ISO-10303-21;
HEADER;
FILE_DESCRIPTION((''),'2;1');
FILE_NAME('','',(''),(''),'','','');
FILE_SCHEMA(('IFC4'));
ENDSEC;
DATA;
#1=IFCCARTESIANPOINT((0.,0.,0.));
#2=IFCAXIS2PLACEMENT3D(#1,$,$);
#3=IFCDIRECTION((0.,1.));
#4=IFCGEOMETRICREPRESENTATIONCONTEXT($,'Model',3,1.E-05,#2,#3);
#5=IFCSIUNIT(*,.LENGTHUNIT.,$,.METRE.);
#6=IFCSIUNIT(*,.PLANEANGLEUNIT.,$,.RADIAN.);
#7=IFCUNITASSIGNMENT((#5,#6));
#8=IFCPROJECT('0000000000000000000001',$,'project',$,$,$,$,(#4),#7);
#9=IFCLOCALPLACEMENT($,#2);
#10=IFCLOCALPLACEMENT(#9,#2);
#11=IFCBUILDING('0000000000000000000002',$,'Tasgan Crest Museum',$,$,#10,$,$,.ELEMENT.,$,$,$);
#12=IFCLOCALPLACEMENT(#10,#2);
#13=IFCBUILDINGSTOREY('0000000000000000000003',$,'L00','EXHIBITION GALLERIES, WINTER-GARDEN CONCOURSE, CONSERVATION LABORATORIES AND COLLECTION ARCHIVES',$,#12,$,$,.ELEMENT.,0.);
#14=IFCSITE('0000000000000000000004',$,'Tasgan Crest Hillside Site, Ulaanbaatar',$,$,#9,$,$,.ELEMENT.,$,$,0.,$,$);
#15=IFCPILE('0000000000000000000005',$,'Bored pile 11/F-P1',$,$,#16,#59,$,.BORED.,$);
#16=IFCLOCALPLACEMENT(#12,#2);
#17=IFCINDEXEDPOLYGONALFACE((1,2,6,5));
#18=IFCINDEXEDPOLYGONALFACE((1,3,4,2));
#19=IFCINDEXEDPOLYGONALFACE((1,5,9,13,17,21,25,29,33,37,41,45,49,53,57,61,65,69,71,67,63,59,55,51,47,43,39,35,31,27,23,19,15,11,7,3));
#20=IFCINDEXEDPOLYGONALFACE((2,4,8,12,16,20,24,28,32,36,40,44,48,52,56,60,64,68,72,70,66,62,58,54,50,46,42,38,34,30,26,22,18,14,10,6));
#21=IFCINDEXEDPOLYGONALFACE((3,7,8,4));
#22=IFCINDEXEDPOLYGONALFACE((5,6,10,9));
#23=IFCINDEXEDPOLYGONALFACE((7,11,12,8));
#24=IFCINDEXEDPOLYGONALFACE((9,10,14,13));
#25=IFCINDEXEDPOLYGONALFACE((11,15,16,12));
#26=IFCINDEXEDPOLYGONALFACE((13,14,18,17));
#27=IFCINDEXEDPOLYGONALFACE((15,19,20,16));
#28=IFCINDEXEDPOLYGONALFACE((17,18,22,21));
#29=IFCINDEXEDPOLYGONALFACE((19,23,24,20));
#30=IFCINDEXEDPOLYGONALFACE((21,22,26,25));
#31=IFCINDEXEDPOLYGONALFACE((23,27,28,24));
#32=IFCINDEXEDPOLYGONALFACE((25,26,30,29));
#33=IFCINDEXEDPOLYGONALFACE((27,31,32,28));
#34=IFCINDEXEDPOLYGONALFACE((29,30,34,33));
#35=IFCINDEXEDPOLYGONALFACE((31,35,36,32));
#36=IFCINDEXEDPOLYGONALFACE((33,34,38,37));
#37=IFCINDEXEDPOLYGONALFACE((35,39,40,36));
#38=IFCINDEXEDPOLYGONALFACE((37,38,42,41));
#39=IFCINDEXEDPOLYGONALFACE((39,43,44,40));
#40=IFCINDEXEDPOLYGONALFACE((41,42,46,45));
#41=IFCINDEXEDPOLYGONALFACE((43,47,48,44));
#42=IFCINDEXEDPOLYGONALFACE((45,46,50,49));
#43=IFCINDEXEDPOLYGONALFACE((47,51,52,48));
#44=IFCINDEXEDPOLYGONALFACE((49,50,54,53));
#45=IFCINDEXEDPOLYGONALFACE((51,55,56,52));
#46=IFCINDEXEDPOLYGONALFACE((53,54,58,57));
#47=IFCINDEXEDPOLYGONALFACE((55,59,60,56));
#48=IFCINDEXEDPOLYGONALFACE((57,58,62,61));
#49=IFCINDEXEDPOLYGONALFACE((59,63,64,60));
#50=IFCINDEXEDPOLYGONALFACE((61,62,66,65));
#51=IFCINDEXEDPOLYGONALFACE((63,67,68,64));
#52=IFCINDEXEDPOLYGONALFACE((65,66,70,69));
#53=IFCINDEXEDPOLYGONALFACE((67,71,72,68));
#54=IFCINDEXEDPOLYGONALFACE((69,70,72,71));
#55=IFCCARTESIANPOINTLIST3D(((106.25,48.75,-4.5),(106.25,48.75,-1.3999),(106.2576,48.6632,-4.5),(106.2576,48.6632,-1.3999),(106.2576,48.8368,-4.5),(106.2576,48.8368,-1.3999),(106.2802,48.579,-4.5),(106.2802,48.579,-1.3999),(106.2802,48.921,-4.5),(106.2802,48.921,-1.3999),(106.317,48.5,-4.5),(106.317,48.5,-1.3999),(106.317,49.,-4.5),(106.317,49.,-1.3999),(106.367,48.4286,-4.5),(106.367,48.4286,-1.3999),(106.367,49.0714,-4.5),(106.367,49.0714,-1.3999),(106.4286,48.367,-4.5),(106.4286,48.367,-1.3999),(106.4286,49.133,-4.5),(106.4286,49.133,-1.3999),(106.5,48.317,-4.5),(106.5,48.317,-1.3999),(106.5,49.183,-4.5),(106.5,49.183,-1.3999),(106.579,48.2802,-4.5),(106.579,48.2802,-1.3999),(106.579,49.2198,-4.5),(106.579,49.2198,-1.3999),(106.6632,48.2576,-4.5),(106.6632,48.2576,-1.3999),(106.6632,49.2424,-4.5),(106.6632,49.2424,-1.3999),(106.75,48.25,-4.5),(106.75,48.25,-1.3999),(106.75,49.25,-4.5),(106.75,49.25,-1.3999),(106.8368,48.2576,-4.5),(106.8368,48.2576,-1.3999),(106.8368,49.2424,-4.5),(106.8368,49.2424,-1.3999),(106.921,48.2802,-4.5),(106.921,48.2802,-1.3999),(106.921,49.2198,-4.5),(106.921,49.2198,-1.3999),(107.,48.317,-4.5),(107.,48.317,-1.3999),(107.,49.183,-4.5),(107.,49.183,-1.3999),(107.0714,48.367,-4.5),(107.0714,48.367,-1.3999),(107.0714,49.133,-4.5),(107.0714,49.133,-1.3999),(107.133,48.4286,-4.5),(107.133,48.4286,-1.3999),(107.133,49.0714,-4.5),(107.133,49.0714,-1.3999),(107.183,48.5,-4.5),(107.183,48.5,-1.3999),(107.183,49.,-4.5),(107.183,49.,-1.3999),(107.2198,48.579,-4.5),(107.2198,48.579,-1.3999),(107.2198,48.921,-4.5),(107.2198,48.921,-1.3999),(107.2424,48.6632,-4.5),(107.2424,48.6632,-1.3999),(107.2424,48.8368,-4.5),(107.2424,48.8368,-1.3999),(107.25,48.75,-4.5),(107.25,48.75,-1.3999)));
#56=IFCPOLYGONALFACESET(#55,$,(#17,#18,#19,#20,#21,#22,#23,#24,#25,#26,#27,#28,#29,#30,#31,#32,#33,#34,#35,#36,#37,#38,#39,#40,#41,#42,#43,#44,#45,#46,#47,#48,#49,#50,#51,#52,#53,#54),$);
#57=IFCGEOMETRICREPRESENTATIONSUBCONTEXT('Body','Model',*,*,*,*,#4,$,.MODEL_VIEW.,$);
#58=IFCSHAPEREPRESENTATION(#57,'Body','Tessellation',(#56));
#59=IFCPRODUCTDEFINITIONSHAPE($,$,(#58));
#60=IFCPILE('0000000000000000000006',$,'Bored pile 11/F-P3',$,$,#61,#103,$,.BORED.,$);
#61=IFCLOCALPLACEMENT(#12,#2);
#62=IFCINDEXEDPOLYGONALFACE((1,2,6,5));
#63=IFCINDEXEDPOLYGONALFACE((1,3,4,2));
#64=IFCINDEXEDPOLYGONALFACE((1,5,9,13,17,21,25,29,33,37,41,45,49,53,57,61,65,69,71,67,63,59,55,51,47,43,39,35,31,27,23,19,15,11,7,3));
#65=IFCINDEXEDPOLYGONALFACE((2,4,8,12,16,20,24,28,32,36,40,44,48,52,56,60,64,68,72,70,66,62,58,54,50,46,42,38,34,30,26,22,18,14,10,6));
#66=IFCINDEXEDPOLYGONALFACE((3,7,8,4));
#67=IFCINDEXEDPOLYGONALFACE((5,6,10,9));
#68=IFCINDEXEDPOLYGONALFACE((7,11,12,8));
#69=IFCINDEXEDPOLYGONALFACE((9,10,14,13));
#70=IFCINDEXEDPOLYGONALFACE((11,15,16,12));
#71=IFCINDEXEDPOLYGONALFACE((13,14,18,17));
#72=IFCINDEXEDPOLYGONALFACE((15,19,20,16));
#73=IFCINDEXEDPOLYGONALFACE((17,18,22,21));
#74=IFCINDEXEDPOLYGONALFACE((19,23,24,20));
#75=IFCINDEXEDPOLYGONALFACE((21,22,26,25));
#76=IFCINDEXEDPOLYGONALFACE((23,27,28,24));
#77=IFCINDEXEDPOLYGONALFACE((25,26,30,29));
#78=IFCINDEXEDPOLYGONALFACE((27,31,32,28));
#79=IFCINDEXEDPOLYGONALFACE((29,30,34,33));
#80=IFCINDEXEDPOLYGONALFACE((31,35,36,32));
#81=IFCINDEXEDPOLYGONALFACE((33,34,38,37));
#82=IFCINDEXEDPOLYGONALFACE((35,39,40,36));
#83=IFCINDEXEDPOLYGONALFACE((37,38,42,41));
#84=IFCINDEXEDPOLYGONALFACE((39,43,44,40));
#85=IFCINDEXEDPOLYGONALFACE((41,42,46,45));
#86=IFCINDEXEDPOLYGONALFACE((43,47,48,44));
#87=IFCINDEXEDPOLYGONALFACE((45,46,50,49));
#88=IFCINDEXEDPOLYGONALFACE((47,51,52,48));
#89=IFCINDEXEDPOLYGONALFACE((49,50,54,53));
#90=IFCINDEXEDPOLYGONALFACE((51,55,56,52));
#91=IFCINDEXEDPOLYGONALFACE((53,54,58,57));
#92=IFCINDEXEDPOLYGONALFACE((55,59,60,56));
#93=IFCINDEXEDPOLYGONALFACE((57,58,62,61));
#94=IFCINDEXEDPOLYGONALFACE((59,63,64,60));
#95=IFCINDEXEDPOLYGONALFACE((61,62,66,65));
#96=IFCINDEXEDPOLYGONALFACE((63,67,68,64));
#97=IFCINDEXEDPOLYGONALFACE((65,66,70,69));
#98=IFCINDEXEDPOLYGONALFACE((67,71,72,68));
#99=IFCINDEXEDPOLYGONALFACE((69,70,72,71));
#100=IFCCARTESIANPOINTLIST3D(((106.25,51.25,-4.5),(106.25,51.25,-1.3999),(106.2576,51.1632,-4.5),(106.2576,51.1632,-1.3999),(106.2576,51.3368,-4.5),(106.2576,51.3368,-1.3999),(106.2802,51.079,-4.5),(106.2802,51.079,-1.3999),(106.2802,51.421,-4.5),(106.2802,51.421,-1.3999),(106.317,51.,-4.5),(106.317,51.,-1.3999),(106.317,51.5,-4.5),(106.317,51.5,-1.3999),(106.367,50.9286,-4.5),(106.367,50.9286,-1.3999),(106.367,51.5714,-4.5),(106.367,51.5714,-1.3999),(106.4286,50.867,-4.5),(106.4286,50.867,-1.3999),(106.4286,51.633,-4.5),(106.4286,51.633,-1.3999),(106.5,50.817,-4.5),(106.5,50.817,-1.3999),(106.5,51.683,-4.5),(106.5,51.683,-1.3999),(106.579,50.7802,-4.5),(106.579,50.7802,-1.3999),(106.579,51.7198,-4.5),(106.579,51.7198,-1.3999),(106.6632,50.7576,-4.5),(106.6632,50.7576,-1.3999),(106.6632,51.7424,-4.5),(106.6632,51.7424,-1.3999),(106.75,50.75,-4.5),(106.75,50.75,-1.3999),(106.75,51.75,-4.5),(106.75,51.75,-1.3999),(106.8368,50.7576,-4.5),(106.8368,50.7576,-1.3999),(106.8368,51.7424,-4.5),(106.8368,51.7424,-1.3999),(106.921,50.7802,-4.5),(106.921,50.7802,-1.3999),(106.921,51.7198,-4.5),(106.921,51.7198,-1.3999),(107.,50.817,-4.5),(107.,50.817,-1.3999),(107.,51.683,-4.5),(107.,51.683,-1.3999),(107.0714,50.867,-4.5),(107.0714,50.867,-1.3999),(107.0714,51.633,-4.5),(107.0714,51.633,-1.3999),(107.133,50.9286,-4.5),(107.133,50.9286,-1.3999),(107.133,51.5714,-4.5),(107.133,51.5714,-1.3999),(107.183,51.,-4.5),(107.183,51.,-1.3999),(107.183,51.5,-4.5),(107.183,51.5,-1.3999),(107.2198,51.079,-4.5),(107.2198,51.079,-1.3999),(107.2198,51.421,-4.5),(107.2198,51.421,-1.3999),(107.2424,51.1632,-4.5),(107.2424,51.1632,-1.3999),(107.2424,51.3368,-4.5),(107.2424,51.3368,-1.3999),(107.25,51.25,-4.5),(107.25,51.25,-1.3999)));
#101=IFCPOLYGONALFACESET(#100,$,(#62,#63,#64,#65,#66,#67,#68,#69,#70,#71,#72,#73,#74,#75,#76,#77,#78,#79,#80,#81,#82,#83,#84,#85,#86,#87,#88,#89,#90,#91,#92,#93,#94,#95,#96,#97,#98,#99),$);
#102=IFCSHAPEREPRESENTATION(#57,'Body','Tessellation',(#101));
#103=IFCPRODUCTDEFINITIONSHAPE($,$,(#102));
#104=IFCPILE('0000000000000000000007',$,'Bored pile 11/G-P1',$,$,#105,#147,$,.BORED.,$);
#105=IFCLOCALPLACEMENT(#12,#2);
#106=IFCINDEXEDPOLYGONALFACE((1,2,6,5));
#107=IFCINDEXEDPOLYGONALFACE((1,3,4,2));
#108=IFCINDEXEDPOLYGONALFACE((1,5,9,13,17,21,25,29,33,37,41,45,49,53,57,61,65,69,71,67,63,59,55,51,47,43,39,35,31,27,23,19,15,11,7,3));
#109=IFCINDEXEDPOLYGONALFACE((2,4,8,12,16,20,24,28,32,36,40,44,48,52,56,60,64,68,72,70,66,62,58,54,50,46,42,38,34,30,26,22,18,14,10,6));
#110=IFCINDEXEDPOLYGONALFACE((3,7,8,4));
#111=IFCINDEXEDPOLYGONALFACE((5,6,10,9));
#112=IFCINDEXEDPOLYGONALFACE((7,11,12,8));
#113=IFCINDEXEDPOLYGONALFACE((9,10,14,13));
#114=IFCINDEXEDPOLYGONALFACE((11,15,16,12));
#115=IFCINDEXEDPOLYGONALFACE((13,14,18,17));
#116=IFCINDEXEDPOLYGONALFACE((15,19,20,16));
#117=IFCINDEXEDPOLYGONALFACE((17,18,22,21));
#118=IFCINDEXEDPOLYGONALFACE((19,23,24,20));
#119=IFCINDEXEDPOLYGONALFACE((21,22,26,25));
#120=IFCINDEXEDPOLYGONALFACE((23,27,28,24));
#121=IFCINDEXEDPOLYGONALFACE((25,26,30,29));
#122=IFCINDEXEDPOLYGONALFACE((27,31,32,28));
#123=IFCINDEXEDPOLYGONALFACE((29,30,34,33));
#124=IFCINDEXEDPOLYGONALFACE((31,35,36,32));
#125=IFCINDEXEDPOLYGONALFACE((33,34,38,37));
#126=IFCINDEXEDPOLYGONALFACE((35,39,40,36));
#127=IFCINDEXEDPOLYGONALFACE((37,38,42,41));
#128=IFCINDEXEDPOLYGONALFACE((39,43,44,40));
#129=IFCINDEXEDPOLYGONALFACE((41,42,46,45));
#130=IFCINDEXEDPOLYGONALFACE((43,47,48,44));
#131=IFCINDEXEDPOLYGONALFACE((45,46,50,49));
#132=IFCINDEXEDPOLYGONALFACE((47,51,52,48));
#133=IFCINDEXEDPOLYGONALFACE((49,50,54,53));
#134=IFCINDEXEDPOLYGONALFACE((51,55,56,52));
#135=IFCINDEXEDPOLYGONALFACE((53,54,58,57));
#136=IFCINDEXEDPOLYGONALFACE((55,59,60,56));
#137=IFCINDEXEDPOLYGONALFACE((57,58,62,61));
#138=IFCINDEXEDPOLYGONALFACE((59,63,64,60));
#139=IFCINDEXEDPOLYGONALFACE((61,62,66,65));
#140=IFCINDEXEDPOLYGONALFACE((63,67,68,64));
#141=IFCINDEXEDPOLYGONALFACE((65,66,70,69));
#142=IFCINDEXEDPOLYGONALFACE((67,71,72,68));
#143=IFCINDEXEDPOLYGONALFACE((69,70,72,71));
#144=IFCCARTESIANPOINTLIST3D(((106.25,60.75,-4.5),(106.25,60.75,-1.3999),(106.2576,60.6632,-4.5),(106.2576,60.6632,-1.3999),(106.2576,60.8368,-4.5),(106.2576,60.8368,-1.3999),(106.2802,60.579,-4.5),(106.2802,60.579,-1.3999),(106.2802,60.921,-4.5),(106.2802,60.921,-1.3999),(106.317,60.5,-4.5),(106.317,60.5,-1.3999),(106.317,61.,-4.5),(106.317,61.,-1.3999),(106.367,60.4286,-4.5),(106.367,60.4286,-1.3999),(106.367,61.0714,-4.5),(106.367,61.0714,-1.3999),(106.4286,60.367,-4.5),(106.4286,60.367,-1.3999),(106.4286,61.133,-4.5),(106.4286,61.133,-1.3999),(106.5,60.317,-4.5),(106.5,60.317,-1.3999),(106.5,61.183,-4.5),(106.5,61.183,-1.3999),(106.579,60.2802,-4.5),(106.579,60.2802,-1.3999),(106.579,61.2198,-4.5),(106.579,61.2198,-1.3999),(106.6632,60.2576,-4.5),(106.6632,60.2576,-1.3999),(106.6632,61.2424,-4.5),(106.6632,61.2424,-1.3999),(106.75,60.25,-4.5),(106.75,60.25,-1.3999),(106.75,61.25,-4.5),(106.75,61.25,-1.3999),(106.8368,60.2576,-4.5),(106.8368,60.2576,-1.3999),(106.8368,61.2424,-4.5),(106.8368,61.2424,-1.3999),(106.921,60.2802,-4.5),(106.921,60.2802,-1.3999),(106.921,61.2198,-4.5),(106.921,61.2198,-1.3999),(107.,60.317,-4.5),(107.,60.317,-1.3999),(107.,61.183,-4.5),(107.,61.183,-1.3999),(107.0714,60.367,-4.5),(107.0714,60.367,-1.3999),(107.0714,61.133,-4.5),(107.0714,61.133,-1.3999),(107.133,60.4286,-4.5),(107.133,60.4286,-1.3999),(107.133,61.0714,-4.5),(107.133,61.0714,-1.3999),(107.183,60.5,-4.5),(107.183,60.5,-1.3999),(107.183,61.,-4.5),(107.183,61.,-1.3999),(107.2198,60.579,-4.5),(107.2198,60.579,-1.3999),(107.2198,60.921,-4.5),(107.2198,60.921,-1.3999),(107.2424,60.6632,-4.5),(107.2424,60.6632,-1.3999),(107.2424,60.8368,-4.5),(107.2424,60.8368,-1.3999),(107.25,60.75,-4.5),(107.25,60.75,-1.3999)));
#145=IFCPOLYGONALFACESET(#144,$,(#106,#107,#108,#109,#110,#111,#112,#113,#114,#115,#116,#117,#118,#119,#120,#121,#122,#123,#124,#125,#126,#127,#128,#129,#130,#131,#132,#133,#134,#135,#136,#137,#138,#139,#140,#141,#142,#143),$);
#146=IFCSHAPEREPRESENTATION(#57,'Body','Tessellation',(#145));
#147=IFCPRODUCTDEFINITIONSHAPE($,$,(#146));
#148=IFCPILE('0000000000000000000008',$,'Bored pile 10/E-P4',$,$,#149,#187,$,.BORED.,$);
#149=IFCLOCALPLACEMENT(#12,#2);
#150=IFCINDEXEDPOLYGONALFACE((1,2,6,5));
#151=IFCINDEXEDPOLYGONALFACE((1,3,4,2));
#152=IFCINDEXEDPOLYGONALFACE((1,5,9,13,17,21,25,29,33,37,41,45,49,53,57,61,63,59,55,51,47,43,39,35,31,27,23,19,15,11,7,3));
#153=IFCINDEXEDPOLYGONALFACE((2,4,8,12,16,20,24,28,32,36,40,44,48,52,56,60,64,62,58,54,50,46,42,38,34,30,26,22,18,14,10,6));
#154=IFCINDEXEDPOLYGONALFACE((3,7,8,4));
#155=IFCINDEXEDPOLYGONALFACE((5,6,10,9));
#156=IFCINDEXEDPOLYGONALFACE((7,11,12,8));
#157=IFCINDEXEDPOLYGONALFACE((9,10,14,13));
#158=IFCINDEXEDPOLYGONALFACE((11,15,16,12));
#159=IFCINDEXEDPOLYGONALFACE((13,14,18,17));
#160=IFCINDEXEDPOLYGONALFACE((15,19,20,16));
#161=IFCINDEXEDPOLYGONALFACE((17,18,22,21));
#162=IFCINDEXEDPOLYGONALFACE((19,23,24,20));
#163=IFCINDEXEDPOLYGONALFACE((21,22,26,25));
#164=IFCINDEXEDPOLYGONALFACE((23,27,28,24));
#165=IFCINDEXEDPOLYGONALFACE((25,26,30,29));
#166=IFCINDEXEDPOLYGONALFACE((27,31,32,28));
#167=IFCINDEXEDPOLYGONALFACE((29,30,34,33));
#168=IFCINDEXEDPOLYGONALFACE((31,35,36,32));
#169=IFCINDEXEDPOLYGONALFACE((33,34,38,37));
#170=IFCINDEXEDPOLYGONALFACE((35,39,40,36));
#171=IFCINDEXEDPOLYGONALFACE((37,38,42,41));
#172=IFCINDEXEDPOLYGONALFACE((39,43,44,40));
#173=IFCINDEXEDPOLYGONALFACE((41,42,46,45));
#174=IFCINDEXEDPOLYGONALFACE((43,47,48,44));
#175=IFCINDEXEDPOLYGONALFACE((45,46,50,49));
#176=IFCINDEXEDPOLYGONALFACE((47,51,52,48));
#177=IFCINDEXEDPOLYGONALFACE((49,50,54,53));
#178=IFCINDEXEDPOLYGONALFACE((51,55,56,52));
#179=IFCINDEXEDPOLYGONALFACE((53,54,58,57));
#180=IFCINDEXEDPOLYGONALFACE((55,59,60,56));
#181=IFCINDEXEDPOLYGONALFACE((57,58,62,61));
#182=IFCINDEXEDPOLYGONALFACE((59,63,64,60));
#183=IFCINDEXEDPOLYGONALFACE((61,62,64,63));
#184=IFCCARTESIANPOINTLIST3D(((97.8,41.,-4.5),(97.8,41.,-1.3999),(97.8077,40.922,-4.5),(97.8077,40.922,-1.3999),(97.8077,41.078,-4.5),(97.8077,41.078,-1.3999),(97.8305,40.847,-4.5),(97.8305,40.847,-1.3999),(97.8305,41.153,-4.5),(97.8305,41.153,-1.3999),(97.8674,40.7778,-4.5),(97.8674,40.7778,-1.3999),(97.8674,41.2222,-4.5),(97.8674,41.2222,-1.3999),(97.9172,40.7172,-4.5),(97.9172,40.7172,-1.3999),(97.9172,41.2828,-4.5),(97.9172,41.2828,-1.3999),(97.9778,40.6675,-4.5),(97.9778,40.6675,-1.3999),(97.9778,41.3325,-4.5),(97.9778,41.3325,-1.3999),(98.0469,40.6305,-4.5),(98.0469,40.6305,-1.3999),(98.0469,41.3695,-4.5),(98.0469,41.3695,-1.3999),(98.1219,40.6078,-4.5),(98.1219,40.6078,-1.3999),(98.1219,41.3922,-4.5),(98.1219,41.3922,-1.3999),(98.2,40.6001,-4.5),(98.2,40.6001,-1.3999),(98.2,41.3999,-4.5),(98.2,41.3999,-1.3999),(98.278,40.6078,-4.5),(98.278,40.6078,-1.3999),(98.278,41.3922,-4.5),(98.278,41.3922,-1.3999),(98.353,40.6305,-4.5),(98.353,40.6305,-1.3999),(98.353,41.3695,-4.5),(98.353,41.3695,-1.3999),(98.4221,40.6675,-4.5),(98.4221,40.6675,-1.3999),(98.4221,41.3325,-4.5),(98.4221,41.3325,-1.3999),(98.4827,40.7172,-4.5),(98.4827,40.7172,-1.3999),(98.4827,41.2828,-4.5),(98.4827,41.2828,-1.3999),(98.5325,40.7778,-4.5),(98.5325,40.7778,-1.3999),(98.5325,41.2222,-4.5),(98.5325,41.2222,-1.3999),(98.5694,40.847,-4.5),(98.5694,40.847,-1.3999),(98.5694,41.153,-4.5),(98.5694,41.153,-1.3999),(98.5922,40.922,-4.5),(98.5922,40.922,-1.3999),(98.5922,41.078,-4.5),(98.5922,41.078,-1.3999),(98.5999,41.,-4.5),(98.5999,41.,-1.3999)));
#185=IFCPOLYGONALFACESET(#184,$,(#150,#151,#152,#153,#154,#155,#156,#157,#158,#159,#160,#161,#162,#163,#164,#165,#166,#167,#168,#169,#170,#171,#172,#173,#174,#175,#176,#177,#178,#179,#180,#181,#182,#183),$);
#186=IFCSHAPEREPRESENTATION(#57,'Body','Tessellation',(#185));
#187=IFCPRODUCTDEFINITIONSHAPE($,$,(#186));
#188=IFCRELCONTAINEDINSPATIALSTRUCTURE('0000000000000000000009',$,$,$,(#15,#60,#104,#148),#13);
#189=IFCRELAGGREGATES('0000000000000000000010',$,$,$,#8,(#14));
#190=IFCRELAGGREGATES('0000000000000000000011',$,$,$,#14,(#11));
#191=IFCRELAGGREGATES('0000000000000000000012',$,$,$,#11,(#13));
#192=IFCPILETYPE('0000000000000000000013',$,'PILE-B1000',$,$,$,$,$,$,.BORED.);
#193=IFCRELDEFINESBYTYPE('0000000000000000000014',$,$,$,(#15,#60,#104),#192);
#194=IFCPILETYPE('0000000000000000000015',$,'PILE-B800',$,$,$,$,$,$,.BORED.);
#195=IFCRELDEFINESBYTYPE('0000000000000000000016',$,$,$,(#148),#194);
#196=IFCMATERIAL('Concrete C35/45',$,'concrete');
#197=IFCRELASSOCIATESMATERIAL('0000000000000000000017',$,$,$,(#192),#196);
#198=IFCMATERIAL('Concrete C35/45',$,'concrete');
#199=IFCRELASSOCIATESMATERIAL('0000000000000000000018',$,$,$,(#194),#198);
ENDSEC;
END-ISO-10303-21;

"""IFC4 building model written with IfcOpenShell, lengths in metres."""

from ifc_helpers import new_model, si_unit, direction, frame, origin, origin_2d, place, context, subcontext, project, spatial, circle, extrude, material, material_profile, profile_set, type_object, element, save


model = new_model("IFC4")

# Units and contexts
model_context = context("Model", 3, precision=1e-05, world=origin(), true_north=direction((0.0, 1.0)))
body_context = subcontext(model_context, "Body", "Model", "MODEL_VIEW")
ifc_project = project(units=[si_unit("LENGTHUNIT", "METRE"), si_unit("PLANEANGLEUNIT", "RADIAN")], contexts=[model_context])

# Site, building, storey
site_placement = place(None, origin())
site = spatial("IfcSite", under=ifc_project, at=site_placement, Name="Tasgan Crest Hillside Site, Ulaanbaatar", CompositionType="ELEMENT", RefElevation=0.0)
building_placement = place(site_placement, origin())
building = spatial("IfcBuilding", under=site, at=building_placement, Name="Tasgan Crest Museum", CompositionType="ELEMENT")
storey_placement = place(building_placement, origin())
storey = spatial("IfcBuildingStorey", under=building, at=storey_placement, Name="L00", Description="EXHIBITION GALLERIES, WINTER-GARDEN CONCOURSE, CONSERVATION LABORATORIES AND COLLECTION ARCHIVES", CompositionType="ELEMENT", Elevation=0.0)

# Piles
ifc_material_1 = material(Name="Concrete C35/45", Category="concrete")
ifc_material_profile_1 = material_profile(ifc_material_1, circle(Radius=0.5, at=origin_2d()), Name="PILE D1000")
ifc_profile_set_1 = profile_set([ifc_material_profile_1], Name="Concrete C35/45")
pile_type_1 = type_object("IfcPileType", Name="PILE-B1000", PredefinedType="BORED", material=ifc_profile_set_1)
for number, where, z_axis, x_axis, name in (
    (1, (106.75, 48.75, -1.3999), (0.0, 0.0, -1.0), (1.0, 0.0, 0.0), "Bored pile 11/F-P1"),
    (2, (106.75, 51.25, -1.3999), (0.0, 0.0, -1.0), (1.0, 0.0, 0.0), "Bored pile 11/F-P3"),
    (3, (106.75, 60.75, -1.3999), (0.0, 0.0, -1.0), (1.0, 0.0, 0.0), "Bored pile 11/G-P1"),
):
    element("IfcPile", number, at=place(storey_placement, frame(where, z_axis=z_axis, x_axis=x_axis)), inside=storey, type_object=pile_type_1, Name=name, PredefinedType="BORED", context=body_context, shape_type="SweptSolid", body=[
        extrude(circle(Radius=0.5, at=origin_2d()), origin(), (0.0, 0.0, 1.0), 3.1001),
    ])
ifc_material_2 = material(Name="Concrete C35/45", Category="concrete")
ifc_material_profile_2 = material_profile(ifc_material_2, circle(Radius=0.3999, at=origin_2d()), Name="PILE D800")
ifc_profile_set_2 = profile_set([ifc_material_profile_2], Name="Concrete C35/45")
pile_type_2 = type_object("IfcPileType", Name="PILE-B800", PredefinedType="BORED", material=ifc_profile_set_2)
for number, where, z_axis, x_axis, name in (
    (4, (98.2, 41.0, -1.3999), (0.0, 0.0, -1.0), (1.0, 0.0, 0.0), "Bored pile 10/E-P4"),
):
    element("IfcPile", number, at=place(storey_placement, frame(where, z_axis=z_axis, x_axis=x_axis)), inside=storey, type_object=pile_type_2, Name=name, PredefinedType="BORED", context=body_context, shape_type="SweptSolid", body=[
        extrude(circle(Radius=0.3999, at=origin_2d()), origin(), (0.0, 0.0, 1.0), 3.1001),
    ])

save(model, "model.ifc")
